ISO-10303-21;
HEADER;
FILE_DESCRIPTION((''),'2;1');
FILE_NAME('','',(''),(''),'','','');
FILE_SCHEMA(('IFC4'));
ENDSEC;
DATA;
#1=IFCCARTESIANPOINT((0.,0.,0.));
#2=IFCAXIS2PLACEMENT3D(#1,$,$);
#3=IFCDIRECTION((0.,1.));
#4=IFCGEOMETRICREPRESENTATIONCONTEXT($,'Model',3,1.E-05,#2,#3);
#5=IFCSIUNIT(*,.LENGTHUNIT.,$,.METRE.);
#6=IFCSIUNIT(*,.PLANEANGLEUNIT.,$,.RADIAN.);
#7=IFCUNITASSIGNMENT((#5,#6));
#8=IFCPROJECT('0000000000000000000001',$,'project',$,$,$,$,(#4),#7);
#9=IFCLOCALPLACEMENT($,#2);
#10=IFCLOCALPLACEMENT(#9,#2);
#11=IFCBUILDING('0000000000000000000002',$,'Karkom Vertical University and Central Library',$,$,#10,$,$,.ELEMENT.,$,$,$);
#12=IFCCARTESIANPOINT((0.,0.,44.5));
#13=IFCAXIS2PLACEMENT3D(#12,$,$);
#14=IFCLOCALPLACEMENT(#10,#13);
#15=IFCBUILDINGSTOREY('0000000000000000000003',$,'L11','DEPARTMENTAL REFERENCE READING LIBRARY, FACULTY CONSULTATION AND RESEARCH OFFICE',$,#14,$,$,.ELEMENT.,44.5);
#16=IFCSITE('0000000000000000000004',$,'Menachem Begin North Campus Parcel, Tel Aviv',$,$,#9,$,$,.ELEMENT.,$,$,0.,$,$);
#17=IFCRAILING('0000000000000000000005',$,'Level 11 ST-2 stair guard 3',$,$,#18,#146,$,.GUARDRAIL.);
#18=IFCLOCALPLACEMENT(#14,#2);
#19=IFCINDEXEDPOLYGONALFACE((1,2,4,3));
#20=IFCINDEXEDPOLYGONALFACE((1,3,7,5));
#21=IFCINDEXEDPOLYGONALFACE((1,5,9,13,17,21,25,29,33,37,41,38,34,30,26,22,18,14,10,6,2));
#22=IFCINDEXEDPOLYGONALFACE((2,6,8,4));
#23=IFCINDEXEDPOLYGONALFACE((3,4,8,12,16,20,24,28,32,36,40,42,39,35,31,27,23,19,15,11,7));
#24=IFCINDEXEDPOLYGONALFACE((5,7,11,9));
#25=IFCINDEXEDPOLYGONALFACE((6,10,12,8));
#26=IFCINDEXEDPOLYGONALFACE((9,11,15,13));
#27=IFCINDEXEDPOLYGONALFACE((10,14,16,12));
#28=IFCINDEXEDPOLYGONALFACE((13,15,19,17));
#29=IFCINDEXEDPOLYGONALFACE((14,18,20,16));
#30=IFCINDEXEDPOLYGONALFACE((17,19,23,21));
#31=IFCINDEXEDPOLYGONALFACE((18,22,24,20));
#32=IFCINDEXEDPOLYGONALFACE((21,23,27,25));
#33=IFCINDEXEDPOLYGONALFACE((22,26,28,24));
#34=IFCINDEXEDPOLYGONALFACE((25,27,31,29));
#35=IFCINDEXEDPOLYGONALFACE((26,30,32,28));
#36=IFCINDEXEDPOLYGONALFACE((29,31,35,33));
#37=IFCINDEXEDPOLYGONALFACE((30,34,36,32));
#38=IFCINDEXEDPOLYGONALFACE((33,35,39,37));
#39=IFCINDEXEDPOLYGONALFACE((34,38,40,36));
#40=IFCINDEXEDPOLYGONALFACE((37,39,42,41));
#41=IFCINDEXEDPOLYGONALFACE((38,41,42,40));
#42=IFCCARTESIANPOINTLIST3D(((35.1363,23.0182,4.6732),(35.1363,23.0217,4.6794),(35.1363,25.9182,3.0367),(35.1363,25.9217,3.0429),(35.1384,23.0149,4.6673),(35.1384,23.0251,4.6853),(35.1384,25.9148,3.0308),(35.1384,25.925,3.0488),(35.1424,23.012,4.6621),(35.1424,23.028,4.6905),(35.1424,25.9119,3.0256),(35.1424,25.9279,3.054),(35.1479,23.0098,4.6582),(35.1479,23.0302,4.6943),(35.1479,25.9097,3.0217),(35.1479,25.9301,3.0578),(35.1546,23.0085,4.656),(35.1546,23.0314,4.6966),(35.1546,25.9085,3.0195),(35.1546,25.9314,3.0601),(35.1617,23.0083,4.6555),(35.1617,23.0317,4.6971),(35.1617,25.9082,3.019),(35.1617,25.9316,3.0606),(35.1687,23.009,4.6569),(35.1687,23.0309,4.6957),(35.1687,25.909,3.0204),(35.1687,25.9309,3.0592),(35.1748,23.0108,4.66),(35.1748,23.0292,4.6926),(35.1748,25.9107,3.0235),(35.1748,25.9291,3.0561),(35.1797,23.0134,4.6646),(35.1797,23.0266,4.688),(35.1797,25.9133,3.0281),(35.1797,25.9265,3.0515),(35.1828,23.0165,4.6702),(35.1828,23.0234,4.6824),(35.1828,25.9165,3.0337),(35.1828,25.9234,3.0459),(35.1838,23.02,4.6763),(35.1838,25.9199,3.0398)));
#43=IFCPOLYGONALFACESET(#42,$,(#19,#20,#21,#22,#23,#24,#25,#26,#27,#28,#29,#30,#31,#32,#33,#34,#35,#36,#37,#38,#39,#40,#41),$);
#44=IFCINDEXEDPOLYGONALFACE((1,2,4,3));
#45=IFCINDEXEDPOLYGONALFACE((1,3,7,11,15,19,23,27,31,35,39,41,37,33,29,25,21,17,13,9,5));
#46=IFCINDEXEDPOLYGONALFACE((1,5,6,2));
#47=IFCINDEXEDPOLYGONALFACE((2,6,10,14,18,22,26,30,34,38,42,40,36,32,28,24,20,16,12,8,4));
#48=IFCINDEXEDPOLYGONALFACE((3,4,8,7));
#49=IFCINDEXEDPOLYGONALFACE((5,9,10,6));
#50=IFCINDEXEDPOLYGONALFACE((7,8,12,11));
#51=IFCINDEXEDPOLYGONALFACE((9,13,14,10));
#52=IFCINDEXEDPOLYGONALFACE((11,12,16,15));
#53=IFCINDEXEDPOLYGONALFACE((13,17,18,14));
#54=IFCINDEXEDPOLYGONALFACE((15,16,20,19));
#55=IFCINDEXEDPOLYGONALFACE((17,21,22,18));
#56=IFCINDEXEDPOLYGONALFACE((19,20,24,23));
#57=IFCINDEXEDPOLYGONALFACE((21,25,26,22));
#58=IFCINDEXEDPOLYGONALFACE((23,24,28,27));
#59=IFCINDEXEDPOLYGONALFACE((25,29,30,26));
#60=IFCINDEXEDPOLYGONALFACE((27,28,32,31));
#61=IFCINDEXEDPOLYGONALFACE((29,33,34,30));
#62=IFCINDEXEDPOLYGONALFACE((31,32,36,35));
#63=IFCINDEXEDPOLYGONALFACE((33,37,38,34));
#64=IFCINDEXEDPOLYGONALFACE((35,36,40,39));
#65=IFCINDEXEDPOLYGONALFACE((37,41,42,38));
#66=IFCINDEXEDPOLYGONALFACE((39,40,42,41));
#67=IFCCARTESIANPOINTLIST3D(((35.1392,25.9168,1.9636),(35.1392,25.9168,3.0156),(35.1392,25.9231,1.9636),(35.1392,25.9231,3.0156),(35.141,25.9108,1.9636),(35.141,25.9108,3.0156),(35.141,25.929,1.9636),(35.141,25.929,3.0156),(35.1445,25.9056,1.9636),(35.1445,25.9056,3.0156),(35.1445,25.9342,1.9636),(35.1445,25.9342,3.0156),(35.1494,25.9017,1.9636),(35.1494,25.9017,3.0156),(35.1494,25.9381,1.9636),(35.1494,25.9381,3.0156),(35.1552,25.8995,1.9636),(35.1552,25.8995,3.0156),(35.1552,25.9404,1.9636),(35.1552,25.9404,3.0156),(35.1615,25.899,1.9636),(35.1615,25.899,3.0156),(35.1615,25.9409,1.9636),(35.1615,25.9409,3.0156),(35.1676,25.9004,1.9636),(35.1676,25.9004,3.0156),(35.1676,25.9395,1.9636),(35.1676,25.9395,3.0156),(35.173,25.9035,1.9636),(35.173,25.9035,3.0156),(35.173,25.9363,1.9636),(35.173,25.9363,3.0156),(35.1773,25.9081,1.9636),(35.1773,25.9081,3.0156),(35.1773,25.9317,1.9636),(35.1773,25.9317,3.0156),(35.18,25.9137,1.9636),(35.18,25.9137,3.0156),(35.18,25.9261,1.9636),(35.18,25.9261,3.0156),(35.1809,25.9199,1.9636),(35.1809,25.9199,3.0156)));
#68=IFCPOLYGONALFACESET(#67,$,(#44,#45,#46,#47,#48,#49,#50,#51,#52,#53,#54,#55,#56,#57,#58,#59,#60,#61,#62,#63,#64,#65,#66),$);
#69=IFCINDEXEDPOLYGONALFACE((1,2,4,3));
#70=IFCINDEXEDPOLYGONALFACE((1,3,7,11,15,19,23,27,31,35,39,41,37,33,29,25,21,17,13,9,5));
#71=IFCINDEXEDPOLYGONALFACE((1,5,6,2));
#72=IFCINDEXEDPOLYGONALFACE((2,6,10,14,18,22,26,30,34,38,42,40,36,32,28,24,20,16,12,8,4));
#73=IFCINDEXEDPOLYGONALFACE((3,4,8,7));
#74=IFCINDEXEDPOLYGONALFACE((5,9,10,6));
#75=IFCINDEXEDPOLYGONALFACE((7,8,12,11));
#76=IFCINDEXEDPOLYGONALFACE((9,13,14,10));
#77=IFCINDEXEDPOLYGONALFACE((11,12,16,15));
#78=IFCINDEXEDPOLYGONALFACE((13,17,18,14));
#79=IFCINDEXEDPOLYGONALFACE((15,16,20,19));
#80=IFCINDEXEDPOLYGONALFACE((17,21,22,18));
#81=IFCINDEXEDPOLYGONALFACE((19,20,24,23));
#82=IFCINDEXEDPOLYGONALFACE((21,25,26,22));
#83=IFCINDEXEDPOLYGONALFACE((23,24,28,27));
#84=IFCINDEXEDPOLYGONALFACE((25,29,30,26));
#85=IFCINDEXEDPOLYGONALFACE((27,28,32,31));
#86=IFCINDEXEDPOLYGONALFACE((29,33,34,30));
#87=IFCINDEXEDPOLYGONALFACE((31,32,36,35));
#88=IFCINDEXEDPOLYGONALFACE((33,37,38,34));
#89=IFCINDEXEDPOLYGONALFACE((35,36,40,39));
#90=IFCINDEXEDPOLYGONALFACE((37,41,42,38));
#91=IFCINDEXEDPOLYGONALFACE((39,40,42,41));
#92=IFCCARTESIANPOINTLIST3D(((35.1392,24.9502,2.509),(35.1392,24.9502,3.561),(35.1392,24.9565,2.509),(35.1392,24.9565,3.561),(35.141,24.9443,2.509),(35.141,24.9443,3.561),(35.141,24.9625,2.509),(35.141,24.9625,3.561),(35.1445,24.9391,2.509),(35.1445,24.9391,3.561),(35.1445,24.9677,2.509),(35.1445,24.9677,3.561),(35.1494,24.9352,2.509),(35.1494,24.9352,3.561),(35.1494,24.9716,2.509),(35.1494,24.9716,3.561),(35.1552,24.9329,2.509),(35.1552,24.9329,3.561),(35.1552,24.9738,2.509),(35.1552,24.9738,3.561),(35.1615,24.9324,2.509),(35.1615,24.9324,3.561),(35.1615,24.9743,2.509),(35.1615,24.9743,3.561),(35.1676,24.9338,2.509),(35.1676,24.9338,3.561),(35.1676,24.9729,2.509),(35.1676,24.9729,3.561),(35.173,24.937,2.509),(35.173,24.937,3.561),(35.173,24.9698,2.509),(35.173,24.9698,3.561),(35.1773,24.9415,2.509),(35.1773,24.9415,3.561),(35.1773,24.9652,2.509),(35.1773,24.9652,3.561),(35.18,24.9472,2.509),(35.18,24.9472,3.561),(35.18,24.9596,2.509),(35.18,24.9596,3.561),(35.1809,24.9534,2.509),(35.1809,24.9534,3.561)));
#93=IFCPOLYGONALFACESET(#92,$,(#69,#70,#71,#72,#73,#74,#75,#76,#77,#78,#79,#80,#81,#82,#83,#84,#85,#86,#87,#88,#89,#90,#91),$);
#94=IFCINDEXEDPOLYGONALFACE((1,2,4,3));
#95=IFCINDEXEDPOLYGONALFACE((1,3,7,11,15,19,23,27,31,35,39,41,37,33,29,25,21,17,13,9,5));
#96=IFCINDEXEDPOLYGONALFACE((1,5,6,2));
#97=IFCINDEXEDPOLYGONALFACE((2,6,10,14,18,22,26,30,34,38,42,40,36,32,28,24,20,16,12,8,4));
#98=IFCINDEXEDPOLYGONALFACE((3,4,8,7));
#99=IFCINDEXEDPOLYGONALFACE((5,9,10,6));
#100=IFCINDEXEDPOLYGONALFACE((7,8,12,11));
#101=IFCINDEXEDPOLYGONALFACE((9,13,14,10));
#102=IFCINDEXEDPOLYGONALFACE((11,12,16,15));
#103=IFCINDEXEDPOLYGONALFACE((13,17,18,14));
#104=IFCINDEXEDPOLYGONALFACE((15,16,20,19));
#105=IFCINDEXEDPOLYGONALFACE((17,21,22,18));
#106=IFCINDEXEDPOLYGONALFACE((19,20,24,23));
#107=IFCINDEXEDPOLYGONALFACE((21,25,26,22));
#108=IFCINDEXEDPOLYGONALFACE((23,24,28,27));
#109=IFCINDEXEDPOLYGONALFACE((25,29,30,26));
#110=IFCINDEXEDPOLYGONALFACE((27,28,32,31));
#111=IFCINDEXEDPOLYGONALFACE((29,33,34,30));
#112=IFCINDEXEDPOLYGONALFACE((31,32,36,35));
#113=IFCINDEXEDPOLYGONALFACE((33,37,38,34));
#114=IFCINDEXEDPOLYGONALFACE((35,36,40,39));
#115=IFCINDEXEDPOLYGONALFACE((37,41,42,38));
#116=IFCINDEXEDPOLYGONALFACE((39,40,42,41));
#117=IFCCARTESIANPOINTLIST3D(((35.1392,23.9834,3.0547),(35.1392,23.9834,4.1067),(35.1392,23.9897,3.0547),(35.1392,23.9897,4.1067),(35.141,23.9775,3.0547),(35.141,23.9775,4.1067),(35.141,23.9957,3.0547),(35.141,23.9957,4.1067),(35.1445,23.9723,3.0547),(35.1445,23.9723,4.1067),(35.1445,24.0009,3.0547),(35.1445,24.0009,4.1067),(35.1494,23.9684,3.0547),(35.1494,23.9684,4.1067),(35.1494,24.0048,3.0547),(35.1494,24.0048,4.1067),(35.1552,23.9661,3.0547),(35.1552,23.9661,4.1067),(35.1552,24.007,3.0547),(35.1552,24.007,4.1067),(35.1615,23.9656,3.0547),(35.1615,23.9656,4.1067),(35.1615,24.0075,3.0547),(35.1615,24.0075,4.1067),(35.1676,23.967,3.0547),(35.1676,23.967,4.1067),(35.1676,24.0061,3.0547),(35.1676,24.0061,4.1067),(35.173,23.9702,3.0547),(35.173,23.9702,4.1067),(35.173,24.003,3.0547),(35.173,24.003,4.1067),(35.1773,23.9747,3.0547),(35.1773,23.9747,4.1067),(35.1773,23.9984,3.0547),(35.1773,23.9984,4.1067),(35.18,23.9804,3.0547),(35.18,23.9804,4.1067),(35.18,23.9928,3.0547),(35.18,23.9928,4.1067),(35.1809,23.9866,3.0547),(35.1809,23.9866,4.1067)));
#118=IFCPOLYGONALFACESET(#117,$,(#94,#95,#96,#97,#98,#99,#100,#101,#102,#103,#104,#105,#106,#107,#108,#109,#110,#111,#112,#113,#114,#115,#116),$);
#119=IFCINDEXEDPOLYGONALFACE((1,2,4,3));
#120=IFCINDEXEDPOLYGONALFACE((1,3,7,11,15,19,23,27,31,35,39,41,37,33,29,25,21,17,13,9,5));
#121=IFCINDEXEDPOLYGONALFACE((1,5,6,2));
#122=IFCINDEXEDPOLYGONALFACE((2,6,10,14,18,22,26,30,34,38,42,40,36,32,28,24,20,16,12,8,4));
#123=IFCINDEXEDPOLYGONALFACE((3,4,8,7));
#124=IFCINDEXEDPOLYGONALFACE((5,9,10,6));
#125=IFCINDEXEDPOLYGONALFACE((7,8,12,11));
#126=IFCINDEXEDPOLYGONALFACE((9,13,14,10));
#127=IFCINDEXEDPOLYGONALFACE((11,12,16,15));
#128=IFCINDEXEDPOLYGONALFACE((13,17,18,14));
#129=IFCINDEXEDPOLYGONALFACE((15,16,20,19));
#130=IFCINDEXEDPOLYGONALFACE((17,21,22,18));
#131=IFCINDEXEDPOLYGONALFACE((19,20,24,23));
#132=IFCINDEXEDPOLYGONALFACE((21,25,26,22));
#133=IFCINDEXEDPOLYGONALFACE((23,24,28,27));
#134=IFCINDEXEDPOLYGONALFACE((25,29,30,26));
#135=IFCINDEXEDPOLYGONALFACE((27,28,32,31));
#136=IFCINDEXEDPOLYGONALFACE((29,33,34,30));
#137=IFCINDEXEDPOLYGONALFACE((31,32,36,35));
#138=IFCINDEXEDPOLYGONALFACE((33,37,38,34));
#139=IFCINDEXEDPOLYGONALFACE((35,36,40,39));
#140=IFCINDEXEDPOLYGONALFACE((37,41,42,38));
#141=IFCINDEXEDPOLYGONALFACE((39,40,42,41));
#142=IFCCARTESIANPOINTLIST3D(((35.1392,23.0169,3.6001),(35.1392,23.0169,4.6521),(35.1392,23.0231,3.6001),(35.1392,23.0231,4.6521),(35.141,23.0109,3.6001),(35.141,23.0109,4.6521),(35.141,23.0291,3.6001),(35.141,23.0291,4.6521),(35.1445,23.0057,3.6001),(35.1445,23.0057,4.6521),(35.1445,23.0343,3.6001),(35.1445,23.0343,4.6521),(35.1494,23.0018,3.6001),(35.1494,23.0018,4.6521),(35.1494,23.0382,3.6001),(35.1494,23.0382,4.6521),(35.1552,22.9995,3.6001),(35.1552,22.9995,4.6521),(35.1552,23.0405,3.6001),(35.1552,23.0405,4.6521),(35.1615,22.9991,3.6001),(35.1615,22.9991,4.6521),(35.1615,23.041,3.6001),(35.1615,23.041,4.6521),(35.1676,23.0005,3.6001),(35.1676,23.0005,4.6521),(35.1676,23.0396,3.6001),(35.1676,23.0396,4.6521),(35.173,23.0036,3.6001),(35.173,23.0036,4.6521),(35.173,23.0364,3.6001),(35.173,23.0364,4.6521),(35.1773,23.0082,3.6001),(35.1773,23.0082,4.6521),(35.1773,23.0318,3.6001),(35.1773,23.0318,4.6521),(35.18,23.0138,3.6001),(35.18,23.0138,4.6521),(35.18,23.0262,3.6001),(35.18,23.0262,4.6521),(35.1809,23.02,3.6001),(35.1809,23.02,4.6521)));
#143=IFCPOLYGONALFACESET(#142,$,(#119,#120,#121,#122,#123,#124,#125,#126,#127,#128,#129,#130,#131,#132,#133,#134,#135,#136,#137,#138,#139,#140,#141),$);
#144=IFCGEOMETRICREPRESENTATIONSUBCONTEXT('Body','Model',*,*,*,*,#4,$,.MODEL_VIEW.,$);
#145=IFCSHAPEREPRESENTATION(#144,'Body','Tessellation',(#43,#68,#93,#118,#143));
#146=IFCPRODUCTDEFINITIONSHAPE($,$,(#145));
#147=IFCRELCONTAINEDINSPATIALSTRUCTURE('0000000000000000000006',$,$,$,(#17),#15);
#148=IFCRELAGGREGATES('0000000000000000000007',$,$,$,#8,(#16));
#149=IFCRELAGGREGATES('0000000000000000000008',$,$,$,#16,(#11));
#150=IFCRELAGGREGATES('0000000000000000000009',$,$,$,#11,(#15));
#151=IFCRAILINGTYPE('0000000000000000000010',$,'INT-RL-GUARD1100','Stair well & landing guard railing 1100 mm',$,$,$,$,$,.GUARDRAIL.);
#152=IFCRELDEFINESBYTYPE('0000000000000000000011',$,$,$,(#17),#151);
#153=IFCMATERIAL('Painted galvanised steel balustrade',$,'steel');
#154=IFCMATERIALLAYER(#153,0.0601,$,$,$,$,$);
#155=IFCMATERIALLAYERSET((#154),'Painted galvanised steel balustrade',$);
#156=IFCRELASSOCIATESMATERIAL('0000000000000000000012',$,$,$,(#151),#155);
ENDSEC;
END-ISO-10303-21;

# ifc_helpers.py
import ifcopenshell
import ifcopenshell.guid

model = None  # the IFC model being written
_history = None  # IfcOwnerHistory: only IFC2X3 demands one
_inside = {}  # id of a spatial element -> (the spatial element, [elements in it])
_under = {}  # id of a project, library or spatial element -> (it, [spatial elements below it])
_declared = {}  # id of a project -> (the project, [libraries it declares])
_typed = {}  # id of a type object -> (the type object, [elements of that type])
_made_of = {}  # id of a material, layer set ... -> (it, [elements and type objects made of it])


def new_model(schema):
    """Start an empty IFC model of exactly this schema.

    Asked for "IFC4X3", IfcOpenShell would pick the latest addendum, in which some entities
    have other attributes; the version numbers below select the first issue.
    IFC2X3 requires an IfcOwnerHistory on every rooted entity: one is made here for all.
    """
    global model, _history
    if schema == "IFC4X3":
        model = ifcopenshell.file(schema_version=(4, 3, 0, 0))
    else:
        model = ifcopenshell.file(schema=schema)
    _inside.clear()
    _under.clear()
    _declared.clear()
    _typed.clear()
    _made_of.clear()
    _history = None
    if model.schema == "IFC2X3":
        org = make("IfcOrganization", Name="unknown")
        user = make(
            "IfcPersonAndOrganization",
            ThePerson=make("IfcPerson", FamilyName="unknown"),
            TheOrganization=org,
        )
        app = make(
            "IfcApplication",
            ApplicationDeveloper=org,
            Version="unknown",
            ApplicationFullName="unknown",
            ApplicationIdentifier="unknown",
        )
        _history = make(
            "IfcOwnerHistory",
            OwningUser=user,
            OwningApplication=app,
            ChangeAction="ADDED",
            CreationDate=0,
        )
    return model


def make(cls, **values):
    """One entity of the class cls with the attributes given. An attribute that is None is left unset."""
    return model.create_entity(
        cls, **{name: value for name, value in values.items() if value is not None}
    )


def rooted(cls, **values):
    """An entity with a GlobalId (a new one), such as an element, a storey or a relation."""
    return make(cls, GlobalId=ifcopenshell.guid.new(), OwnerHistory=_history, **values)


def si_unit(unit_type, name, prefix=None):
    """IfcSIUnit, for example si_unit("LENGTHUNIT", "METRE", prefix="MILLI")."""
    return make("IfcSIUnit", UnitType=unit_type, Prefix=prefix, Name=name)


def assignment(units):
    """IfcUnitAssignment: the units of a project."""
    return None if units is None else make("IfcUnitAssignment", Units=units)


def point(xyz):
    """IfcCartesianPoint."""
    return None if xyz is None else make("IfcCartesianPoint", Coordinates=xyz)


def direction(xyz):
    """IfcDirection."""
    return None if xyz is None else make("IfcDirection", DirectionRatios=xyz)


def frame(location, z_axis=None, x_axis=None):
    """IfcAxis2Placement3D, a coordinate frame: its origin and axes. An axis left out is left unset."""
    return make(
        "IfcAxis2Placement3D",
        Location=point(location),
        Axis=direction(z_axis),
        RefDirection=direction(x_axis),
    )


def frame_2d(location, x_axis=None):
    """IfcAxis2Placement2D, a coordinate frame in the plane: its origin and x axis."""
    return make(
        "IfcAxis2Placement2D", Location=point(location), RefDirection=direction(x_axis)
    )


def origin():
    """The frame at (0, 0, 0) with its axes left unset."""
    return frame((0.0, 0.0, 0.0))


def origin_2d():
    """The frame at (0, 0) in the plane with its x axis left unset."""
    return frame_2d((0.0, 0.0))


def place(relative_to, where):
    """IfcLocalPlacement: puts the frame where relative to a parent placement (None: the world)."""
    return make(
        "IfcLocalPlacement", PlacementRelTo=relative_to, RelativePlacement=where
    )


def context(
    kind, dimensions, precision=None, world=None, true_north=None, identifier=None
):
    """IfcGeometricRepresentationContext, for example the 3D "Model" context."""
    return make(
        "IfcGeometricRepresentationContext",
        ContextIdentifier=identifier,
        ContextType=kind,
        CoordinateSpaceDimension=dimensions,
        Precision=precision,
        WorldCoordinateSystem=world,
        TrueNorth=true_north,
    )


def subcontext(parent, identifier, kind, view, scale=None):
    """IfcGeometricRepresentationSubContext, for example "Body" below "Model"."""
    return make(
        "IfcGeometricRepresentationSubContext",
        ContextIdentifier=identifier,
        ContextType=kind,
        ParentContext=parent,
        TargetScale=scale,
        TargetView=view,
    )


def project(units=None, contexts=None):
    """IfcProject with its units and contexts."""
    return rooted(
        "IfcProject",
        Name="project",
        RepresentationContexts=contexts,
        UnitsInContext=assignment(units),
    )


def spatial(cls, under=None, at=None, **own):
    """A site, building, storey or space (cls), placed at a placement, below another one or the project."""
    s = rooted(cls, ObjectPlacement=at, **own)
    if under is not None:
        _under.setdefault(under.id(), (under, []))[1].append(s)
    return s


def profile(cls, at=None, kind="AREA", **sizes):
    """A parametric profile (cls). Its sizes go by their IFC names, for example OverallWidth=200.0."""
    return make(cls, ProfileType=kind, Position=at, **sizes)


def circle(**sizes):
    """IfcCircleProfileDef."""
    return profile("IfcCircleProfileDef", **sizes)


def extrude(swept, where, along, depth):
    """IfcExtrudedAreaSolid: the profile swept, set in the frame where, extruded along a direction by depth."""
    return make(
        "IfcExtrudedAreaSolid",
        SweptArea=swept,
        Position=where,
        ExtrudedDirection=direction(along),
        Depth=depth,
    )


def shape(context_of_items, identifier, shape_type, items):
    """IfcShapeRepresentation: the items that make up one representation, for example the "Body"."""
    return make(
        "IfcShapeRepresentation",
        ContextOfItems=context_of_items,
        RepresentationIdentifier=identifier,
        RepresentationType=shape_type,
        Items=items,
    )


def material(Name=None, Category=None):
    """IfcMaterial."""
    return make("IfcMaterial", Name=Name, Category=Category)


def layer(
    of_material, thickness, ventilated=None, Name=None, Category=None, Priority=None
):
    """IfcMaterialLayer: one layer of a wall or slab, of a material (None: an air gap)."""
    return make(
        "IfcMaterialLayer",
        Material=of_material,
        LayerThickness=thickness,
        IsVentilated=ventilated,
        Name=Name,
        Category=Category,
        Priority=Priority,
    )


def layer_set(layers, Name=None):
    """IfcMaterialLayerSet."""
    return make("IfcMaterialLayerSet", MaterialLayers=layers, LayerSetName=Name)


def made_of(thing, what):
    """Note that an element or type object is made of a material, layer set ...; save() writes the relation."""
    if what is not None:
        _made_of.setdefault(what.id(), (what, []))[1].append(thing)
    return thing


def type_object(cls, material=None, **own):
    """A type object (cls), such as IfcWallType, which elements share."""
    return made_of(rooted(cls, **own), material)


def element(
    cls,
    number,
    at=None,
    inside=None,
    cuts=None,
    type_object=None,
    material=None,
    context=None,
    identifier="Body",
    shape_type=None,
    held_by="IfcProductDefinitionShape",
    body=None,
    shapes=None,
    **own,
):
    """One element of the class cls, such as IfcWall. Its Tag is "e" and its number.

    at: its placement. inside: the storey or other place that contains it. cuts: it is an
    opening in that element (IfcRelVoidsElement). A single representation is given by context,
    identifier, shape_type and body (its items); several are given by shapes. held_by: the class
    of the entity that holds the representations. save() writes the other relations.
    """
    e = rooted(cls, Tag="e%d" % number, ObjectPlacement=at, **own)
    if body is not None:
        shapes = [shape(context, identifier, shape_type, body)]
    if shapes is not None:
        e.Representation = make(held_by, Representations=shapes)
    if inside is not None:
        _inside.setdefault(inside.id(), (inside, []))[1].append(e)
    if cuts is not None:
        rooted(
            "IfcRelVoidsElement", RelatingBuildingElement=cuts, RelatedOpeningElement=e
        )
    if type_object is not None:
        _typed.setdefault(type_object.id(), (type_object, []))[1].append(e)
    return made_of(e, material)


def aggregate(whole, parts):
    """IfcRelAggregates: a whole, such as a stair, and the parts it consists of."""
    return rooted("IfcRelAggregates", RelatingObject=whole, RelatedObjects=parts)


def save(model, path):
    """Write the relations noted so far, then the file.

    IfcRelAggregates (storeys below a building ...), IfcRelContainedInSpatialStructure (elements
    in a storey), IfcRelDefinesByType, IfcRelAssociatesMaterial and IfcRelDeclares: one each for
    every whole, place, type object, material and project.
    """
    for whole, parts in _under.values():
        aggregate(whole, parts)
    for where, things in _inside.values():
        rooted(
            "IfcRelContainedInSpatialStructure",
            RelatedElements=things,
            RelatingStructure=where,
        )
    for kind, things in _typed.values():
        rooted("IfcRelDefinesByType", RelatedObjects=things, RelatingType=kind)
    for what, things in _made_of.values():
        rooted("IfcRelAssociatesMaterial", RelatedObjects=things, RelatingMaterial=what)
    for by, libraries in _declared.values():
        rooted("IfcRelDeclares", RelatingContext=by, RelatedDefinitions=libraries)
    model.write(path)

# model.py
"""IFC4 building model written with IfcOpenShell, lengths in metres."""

from ifc_helpers import new_model, si_unit, direction, frame, origin, origin_2d, place, context, subcontext, project, spatial, circle, extrude, material, layer, layer_set, type_object, element, save


model = new_model("IFC4")

# Units and contexts
model_context = context("Model", 3, precision=1e-05, world=origin(), true_north=direction((0.0, 1.0)))
body_context = subcontext(model_context, "Body", "Model", "MODEL_VIEW")
ifc_project = project(units=[si_unit("LENGTHUNIT", "METRE"), si_unit("PLANEANGLEUNIT", "RADIAN")], contexts=[model_context])

# Site, building, storey
site_placement = place(None, origin())
site = spatial("IfcSite", under=ifc_project, at=site_placement, Name="Menachem Begin North Campus Parcel, Tel Aviv", CompositionType="ELEMENT", RefElevation=0.0)
building_placement = place(site_placement, origin())
building = spatial("IfcBuilding", under=site, at=building_placement, Name="Karkom Vertical University and Central Library", CompositionType="ELEMENT")
storey_placement = place(building_placement, frame((0.0, 0.0, 44.5)))
storey = spatial("IfcBuildingStorey", under=building, at=storey_placement, Name="L11", Description="DEPARTMENTAL REFERENCE READING LIBRARY, FACULTY CONSULTATION AND RESEARCH OFFICE", CompositionType="ELEMENT", Elevation=44.5)

# Railing
ifc_material_1 = material(Name="Painted galvanised steel balustrade", Category="steel")
ifc_layer_1 = layer(ifc_material_1, 0.0601)
ifc_layer_set_1 = layer_set([ifc_layer_1], Name="Painted galvanised steel balustrade")
railing_type = type_object("IfcRailingType", Name="INT-RL-GUARD1100", Description="Stair well & landing guard railing 1100 mm", PredefinedType="GUARDRAIL", material=ifc_layer_set_1)
railing_1_placement = place(storey_placement, frame((35.1599, 25.9199, 1.9636)))
element("IfcRailing", 1, at=railing_1_placement, inside=storey, type_object=railing_type, Name="Level 11 ST-2 stair guard 3", PredefinedType="GUARDRAIL", context=body_context, shape_type="SweptSolid", body=[
    extrude(circle(Radius=0.0239, at=origin_2d()), frame((0.0, 0.0, 1.0762), z_axis=(0.0, -0.870897, 0.491465), x_axis=(1.0, 0.0, 0.0)), (0.0, 0.0, 1.0), 3.3298),
    extrude(circle(Radius=0.021, at=origin_2d()), origin(), (0.0, 0.0, 1.0), 1.052),
    extrude(circle(Radius=0.021, at=origin_2d()), frame((0.0, -0.9666, 0.5454)), (0.0, 0.0, 1.0), 1.052),
    extrude(circle(Radius=0.021, at=origin_2d()), frame((0.0, -1.9333, 1.0911)), (0.0, 0.0, 1.0), 1.052),
    extrude(circle(Radius=0.021, at=origin_2d()), frame((0.0, -2.8999, 1.6365)), (0.0, 0.0, 1.0), 1.052),
])

save(model, "model.ifc")
